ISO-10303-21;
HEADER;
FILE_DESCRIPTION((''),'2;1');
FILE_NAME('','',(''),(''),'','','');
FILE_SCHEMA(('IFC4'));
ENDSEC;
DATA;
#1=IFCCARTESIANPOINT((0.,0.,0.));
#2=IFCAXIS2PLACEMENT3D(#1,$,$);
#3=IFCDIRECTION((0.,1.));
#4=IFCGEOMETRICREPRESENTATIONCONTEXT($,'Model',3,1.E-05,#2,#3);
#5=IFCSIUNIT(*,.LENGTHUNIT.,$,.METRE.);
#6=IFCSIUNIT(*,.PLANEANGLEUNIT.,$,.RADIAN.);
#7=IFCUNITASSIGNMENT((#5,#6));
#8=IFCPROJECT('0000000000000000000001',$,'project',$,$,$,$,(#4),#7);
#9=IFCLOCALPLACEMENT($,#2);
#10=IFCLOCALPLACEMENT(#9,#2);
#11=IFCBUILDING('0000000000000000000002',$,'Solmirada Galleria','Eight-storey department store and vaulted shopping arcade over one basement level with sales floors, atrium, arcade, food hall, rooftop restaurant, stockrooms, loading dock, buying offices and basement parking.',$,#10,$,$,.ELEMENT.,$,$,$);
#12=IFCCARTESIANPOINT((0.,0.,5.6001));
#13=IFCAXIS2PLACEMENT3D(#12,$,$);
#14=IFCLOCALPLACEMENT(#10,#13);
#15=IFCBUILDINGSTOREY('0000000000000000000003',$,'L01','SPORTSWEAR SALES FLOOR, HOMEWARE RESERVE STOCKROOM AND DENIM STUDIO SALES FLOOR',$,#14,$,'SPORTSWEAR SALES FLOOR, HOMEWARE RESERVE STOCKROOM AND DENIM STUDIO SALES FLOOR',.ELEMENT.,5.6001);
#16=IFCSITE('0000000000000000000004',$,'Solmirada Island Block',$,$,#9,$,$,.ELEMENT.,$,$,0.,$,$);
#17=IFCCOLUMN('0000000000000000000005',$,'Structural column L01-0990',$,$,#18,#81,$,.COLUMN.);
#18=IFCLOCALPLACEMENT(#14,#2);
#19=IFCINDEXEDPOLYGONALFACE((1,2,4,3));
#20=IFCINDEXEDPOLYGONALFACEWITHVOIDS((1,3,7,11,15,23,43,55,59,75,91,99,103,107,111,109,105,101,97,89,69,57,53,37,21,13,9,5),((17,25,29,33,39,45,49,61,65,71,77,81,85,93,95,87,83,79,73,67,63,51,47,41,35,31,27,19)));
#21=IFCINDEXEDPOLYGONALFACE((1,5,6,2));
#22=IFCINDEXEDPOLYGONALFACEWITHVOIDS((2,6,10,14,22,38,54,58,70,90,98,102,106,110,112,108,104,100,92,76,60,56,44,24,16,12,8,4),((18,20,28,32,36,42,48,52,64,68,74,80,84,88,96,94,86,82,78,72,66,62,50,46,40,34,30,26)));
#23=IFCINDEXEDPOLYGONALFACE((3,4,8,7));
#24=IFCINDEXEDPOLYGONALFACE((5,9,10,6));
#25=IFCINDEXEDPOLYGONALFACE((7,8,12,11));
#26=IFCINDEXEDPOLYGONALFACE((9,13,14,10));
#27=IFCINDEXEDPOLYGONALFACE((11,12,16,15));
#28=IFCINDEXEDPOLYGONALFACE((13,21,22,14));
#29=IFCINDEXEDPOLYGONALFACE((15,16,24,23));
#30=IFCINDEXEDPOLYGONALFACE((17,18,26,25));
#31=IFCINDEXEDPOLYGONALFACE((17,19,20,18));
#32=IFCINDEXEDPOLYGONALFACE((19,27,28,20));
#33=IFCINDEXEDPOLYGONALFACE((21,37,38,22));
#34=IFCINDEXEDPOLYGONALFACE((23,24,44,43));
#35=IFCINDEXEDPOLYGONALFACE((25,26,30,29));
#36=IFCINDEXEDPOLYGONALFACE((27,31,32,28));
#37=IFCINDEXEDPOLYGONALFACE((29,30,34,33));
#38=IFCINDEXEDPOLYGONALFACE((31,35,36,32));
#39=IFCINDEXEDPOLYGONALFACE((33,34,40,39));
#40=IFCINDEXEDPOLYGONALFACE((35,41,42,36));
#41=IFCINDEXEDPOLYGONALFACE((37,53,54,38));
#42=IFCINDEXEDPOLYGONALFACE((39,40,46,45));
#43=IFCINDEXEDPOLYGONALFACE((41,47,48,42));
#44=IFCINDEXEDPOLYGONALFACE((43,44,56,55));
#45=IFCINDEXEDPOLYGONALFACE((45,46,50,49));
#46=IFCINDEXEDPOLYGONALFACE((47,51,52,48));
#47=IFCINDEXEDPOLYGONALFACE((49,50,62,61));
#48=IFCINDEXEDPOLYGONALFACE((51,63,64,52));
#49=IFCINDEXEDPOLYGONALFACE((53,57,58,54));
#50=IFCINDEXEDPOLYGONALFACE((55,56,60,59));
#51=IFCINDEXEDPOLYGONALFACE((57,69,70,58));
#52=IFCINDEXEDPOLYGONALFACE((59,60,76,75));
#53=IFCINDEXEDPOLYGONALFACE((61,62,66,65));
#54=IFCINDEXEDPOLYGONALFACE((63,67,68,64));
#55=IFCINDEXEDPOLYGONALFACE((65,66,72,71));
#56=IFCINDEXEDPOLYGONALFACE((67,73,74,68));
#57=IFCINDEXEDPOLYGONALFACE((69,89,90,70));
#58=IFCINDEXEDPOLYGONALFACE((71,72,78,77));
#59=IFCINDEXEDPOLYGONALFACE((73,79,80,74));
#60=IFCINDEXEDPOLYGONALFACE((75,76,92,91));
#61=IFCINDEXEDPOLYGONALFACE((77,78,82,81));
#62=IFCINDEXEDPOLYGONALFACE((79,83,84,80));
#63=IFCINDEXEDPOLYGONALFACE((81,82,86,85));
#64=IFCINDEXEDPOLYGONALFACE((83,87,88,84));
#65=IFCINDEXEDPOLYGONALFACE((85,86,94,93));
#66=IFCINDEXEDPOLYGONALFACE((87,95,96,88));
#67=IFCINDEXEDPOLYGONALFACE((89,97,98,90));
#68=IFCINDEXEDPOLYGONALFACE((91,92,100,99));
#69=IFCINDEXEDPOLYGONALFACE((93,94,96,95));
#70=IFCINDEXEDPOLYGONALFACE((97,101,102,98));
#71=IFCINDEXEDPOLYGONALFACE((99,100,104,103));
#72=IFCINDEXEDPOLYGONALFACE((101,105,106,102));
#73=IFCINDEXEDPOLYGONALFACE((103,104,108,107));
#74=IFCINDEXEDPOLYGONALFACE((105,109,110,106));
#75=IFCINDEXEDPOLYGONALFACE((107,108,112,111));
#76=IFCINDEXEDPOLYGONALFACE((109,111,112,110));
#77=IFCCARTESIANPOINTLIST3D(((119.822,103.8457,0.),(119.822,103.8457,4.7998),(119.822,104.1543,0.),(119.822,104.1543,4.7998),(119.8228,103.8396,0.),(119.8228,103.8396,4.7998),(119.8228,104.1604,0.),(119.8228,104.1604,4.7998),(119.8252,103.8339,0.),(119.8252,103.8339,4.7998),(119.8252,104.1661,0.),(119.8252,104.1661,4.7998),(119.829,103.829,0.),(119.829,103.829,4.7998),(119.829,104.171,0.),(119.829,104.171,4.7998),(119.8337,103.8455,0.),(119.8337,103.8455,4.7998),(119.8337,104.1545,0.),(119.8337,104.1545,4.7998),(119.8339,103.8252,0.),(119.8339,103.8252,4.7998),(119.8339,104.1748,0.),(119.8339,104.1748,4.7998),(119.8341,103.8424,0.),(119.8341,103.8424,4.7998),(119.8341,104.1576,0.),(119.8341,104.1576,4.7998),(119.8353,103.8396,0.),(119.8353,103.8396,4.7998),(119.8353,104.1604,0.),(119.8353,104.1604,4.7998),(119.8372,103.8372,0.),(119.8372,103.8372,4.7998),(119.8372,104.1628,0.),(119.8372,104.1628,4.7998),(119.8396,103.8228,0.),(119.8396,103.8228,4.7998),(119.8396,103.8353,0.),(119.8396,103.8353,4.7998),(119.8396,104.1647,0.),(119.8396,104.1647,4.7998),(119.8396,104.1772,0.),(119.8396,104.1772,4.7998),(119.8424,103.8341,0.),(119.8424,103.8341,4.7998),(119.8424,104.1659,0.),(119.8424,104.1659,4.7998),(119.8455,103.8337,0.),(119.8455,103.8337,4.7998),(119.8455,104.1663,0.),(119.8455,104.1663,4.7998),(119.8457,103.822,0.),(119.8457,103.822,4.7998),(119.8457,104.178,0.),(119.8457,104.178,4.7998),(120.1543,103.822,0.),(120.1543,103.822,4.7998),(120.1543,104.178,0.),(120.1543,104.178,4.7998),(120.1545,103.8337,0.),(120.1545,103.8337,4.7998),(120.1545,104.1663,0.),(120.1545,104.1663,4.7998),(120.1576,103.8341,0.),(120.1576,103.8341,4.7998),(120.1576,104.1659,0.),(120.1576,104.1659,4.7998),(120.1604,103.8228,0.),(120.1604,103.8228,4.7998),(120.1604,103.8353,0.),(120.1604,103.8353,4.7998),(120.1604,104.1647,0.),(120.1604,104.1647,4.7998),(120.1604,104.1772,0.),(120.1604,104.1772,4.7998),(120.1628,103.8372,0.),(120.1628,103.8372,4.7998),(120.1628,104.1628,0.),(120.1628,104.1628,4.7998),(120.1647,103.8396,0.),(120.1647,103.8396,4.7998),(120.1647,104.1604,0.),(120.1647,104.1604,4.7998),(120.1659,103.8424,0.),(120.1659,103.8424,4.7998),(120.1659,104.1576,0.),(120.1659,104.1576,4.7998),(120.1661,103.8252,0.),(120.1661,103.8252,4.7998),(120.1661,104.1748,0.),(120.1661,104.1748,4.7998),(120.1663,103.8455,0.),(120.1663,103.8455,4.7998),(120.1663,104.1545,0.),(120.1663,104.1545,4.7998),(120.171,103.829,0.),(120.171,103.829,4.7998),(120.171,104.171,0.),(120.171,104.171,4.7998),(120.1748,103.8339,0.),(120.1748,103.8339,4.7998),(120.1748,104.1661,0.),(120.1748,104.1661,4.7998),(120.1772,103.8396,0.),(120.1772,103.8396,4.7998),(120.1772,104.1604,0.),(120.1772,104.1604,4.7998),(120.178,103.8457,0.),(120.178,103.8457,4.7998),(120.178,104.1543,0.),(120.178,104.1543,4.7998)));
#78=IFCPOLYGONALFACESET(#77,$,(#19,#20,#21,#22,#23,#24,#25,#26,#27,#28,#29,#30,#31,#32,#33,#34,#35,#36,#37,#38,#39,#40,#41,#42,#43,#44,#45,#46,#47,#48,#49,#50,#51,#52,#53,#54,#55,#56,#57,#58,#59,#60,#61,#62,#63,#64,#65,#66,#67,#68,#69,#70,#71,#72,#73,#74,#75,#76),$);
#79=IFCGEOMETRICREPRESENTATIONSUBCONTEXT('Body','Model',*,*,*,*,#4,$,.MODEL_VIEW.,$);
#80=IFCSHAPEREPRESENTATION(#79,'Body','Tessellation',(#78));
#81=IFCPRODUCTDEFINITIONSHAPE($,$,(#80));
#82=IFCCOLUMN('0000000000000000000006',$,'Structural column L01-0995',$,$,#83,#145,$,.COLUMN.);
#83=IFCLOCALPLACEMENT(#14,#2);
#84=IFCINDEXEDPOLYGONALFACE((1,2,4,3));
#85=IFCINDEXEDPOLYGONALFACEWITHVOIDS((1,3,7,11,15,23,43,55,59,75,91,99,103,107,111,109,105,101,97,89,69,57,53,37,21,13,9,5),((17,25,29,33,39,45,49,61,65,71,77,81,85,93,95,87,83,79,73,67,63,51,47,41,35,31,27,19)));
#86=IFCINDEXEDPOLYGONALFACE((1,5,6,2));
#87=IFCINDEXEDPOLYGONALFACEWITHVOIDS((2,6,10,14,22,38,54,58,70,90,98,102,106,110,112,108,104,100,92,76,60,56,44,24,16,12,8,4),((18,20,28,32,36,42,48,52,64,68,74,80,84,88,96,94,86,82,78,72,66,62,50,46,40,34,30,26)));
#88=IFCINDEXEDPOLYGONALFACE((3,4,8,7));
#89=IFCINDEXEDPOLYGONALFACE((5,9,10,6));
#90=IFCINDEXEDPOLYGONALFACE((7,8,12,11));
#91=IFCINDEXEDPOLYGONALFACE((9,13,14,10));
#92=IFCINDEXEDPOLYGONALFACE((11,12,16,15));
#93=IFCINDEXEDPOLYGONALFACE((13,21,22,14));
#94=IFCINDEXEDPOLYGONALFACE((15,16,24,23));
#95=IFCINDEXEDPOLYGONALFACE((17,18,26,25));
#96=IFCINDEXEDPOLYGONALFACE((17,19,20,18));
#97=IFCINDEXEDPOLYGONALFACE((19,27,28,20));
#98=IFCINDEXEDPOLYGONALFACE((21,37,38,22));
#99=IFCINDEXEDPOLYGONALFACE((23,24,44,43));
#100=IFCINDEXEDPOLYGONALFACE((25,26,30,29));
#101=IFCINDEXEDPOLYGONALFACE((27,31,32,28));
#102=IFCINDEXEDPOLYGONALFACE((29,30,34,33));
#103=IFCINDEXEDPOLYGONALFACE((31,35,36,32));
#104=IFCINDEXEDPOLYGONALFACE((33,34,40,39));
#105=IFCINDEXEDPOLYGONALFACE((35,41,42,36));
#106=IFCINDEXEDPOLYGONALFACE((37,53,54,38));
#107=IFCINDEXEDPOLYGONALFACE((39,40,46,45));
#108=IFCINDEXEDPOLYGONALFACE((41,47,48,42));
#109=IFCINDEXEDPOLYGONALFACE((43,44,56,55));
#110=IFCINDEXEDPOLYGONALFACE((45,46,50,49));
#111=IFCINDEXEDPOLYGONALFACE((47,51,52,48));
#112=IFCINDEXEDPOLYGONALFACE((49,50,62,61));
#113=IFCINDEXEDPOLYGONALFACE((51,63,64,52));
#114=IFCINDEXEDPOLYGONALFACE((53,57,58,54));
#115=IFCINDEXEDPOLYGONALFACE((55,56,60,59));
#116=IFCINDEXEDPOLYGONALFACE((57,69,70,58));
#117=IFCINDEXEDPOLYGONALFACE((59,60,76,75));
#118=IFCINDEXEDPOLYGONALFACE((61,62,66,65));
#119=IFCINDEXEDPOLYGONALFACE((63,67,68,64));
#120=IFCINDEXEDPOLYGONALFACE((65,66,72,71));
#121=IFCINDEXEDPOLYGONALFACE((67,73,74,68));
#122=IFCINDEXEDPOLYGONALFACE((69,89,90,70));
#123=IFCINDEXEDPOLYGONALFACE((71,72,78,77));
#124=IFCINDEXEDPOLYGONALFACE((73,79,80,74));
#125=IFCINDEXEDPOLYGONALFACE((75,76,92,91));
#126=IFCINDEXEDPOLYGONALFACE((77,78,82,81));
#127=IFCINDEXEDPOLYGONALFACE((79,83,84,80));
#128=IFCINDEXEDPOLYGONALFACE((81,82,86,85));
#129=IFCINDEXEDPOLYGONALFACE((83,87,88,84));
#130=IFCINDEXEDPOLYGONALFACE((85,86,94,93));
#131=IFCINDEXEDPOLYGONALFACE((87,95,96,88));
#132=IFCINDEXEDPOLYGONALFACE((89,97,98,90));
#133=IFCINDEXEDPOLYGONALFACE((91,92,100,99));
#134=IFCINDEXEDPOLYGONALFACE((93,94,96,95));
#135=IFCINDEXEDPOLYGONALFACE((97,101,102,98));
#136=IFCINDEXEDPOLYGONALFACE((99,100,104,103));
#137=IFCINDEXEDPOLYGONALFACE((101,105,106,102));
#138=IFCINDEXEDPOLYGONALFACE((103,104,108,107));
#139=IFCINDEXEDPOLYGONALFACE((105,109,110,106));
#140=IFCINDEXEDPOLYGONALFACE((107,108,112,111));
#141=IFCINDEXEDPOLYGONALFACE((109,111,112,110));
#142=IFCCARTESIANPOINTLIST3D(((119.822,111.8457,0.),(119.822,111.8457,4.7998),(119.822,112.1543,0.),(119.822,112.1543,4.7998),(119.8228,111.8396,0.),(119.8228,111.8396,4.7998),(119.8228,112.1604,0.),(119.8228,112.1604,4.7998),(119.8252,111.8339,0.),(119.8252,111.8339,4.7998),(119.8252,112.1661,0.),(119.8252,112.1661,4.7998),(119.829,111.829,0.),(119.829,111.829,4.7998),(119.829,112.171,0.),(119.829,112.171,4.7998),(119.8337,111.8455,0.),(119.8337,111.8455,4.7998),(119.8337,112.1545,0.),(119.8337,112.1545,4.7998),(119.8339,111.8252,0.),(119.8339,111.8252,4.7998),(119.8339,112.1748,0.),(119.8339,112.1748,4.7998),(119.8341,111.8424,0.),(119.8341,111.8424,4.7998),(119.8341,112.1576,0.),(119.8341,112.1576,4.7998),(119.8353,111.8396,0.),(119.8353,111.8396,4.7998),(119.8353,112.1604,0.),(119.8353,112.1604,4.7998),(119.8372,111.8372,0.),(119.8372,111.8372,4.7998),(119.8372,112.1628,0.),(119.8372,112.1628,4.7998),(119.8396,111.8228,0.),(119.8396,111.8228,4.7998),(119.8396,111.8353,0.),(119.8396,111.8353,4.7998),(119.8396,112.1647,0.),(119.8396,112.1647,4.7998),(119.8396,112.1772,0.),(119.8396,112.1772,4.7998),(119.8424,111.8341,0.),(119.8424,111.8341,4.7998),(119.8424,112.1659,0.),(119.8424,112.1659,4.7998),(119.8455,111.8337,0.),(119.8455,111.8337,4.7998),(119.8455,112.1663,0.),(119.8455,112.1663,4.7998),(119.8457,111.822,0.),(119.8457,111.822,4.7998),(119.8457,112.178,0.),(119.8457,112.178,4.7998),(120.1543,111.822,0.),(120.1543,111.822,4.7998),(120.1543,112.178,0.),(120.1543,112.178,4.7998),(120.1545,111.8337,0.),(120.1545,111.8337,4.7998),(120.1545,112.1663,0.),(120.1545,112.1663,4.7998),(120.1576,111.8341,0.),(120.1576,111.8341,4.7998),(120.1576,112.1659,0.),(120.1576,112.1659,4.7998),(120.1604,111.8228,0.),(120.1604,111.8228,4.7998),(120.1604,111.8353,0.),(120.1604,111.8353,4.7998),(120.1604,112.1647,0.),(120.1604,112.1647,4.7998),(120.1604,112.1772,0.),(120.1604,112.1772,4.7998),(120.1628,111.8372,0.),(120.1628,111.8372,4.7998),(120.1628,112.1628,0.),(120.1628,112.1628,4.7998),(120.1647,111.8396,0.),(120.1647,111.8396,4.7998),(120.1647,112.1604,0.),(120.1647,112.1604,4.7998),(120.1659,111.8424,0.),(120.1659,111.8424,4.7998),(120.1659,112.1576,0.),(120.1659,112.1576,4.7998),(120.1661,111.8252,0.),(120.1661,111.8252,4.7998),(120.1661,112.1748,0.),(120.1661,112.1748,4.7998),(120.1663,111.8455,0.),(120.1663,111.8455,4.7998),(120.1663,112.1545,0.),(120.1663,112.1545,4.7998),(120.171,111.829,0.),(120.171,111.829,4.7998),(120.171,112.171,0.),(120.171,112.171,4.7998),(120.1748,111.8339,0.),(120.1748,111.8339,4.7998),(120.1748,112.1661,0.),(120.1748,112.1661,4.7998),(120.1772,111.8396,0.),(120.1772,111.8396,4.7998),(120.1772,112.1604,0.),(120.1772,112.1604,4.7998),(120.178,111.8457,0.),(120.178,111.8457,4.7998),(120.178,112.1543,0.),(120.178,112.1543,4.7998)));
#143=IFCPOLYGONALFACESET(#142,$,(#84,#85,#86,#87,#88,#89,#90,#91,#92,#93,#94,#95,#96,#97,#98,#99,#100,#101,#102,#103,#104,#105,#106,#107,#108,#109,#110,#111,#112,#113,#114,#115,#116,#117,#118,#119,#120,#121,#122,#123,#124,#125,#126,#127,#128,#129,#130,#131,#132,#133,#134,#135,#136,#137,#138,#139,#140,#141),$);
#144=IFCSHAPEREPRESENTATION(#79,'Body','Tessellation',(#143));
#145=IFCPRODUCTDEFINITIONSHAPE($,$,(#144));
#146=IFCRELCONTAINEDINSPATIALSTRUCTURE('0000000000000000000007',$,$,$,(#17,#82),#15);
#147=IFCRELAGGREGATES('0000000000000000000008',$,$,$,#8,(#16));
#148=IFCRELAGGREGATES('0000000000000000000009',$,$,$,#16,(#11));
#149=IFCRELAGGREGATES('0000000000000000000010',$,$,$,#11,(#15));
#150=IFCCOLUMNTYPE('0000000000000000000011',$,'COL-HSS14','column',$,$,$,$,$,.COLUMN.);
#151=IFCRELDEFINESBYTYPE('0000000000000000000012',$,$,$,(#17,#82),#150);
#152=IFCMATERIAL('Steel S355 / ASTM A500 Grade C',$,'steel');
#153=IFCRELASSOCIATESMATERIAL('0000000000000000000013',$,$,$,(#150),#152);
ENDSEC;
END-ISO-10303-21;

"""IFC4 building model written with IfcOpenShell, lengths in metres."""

from ifc_helpers import new_model, si_unit, direction, frame, origin, origin_2d, place, context, subcontext, project, spatial, hollow_rectangle, extrude, material, material_profile, profile_set, type_object, element, save


model = new_model("IFC4")

# Units and contexts
model_context = context("Model", 3, precision=1e-05, world=origin(), true_north=direction((0.0, 1.0)))
body_context = subcontext(model_context, "Body", "Model", "MODEL_VIEW")
ifc_project = project(units=[si_unit("LENGTHUNIT", "METRE"), si_unit("PLANEANGLEUNIT", "RADIAN")], contexts=[model_context])

# Site, building, storey
site_placement = place(None, origin())
site = spatial("IfcSite", under=ifc_project, at=site_placement, Name="Solmirada Island Block", CompositionType="ELEMENT", RefElevation=0.0)
building_placement = place(site_placement, origin())
building = spatial("IfcBuilding", under=site, at=building_placement, Name="Solmirada Galleria", Description="Eight-storey department store and vaulted shopping arcade over one basement level with sales floors, atrium, arcade, food hall, rooftop restaurant, stockrooms, loading dock, buying offices and basement parking.", CompositionType="ELEMENT")
storey_placement = place(building_placement, frame((0.0, 0.0, 5.6001)))
storey = spatial("IfcBuildingStorey", under=building, at=storey_placement, Name="L01", Description="SPORTSWEAR SALES FLOOR, HOMEWARE RESERVE STOCKROOM AND DENIM STUDIO SALES FLOOR", LongName="SPORTSWEAR SALES FLOOR, HOMEWARE RESERVE STOCKROOM AND DENIM STUDIO SALES FLOOR", CompositionType="ELEMENT", Elevation=5.6001)

# Columns
ifc_material_1 = material(Name="Steel S355 / ASTM A500 Grade C", Category="steel")
ifc_material_profile_1 = material_profile(ifc_material_1, hollow_rectangle(XDim=0.356, YDim=0.356, WallThickness=0.0117, InnerFilletRadius=0.0117, OuterFilletRadius=0.0237, at=origin_2d()), Name="HSS14X14X1/2")
ifc_profile_set_1 = profile_set([ifc_material_profile_1], Name="Steel S355 / ASTM A500 Grade C")
column_type_1 = type_object("IfcColumnType", Name="COL-HSS14", Description="column", PredefinedType="COLUMN", material=ifc_profile_set_1)
for number, where, z_axis, x_axis, name in (
    (1, (120.0, 104.0, 0.0), (0.0, 0.0, 1.0), (1.0, 0.0, 0.0), "Structural column L01-0990"),
    (2, (120.0, 112.0, 0.0), (0.0, 0.0, 1.0), (1.0, 0.0, 0.0), "Structural column L01-0995"),
):
    element("IfcColumn", number, at=place(storey_placement, frame(where, z_axis=z_axis, x_axis=x_axis)), inside=storey, type_object=column_type_1, Name=name, PredefinedType="COLUMN", context=body_context, shape_type="SweptSolid", body=[
        extrude(hollow_rectangle(XDim=0.356, YDim=0.356, WallThickness=0.0117, InnerFilletRadius=0.0117, OuterFilletRadius=0.0237, at=origin_2d()), origin(), (0.0, 0.0, 1.0), 4.7998),
    ])

save(model, "model.ifc")
